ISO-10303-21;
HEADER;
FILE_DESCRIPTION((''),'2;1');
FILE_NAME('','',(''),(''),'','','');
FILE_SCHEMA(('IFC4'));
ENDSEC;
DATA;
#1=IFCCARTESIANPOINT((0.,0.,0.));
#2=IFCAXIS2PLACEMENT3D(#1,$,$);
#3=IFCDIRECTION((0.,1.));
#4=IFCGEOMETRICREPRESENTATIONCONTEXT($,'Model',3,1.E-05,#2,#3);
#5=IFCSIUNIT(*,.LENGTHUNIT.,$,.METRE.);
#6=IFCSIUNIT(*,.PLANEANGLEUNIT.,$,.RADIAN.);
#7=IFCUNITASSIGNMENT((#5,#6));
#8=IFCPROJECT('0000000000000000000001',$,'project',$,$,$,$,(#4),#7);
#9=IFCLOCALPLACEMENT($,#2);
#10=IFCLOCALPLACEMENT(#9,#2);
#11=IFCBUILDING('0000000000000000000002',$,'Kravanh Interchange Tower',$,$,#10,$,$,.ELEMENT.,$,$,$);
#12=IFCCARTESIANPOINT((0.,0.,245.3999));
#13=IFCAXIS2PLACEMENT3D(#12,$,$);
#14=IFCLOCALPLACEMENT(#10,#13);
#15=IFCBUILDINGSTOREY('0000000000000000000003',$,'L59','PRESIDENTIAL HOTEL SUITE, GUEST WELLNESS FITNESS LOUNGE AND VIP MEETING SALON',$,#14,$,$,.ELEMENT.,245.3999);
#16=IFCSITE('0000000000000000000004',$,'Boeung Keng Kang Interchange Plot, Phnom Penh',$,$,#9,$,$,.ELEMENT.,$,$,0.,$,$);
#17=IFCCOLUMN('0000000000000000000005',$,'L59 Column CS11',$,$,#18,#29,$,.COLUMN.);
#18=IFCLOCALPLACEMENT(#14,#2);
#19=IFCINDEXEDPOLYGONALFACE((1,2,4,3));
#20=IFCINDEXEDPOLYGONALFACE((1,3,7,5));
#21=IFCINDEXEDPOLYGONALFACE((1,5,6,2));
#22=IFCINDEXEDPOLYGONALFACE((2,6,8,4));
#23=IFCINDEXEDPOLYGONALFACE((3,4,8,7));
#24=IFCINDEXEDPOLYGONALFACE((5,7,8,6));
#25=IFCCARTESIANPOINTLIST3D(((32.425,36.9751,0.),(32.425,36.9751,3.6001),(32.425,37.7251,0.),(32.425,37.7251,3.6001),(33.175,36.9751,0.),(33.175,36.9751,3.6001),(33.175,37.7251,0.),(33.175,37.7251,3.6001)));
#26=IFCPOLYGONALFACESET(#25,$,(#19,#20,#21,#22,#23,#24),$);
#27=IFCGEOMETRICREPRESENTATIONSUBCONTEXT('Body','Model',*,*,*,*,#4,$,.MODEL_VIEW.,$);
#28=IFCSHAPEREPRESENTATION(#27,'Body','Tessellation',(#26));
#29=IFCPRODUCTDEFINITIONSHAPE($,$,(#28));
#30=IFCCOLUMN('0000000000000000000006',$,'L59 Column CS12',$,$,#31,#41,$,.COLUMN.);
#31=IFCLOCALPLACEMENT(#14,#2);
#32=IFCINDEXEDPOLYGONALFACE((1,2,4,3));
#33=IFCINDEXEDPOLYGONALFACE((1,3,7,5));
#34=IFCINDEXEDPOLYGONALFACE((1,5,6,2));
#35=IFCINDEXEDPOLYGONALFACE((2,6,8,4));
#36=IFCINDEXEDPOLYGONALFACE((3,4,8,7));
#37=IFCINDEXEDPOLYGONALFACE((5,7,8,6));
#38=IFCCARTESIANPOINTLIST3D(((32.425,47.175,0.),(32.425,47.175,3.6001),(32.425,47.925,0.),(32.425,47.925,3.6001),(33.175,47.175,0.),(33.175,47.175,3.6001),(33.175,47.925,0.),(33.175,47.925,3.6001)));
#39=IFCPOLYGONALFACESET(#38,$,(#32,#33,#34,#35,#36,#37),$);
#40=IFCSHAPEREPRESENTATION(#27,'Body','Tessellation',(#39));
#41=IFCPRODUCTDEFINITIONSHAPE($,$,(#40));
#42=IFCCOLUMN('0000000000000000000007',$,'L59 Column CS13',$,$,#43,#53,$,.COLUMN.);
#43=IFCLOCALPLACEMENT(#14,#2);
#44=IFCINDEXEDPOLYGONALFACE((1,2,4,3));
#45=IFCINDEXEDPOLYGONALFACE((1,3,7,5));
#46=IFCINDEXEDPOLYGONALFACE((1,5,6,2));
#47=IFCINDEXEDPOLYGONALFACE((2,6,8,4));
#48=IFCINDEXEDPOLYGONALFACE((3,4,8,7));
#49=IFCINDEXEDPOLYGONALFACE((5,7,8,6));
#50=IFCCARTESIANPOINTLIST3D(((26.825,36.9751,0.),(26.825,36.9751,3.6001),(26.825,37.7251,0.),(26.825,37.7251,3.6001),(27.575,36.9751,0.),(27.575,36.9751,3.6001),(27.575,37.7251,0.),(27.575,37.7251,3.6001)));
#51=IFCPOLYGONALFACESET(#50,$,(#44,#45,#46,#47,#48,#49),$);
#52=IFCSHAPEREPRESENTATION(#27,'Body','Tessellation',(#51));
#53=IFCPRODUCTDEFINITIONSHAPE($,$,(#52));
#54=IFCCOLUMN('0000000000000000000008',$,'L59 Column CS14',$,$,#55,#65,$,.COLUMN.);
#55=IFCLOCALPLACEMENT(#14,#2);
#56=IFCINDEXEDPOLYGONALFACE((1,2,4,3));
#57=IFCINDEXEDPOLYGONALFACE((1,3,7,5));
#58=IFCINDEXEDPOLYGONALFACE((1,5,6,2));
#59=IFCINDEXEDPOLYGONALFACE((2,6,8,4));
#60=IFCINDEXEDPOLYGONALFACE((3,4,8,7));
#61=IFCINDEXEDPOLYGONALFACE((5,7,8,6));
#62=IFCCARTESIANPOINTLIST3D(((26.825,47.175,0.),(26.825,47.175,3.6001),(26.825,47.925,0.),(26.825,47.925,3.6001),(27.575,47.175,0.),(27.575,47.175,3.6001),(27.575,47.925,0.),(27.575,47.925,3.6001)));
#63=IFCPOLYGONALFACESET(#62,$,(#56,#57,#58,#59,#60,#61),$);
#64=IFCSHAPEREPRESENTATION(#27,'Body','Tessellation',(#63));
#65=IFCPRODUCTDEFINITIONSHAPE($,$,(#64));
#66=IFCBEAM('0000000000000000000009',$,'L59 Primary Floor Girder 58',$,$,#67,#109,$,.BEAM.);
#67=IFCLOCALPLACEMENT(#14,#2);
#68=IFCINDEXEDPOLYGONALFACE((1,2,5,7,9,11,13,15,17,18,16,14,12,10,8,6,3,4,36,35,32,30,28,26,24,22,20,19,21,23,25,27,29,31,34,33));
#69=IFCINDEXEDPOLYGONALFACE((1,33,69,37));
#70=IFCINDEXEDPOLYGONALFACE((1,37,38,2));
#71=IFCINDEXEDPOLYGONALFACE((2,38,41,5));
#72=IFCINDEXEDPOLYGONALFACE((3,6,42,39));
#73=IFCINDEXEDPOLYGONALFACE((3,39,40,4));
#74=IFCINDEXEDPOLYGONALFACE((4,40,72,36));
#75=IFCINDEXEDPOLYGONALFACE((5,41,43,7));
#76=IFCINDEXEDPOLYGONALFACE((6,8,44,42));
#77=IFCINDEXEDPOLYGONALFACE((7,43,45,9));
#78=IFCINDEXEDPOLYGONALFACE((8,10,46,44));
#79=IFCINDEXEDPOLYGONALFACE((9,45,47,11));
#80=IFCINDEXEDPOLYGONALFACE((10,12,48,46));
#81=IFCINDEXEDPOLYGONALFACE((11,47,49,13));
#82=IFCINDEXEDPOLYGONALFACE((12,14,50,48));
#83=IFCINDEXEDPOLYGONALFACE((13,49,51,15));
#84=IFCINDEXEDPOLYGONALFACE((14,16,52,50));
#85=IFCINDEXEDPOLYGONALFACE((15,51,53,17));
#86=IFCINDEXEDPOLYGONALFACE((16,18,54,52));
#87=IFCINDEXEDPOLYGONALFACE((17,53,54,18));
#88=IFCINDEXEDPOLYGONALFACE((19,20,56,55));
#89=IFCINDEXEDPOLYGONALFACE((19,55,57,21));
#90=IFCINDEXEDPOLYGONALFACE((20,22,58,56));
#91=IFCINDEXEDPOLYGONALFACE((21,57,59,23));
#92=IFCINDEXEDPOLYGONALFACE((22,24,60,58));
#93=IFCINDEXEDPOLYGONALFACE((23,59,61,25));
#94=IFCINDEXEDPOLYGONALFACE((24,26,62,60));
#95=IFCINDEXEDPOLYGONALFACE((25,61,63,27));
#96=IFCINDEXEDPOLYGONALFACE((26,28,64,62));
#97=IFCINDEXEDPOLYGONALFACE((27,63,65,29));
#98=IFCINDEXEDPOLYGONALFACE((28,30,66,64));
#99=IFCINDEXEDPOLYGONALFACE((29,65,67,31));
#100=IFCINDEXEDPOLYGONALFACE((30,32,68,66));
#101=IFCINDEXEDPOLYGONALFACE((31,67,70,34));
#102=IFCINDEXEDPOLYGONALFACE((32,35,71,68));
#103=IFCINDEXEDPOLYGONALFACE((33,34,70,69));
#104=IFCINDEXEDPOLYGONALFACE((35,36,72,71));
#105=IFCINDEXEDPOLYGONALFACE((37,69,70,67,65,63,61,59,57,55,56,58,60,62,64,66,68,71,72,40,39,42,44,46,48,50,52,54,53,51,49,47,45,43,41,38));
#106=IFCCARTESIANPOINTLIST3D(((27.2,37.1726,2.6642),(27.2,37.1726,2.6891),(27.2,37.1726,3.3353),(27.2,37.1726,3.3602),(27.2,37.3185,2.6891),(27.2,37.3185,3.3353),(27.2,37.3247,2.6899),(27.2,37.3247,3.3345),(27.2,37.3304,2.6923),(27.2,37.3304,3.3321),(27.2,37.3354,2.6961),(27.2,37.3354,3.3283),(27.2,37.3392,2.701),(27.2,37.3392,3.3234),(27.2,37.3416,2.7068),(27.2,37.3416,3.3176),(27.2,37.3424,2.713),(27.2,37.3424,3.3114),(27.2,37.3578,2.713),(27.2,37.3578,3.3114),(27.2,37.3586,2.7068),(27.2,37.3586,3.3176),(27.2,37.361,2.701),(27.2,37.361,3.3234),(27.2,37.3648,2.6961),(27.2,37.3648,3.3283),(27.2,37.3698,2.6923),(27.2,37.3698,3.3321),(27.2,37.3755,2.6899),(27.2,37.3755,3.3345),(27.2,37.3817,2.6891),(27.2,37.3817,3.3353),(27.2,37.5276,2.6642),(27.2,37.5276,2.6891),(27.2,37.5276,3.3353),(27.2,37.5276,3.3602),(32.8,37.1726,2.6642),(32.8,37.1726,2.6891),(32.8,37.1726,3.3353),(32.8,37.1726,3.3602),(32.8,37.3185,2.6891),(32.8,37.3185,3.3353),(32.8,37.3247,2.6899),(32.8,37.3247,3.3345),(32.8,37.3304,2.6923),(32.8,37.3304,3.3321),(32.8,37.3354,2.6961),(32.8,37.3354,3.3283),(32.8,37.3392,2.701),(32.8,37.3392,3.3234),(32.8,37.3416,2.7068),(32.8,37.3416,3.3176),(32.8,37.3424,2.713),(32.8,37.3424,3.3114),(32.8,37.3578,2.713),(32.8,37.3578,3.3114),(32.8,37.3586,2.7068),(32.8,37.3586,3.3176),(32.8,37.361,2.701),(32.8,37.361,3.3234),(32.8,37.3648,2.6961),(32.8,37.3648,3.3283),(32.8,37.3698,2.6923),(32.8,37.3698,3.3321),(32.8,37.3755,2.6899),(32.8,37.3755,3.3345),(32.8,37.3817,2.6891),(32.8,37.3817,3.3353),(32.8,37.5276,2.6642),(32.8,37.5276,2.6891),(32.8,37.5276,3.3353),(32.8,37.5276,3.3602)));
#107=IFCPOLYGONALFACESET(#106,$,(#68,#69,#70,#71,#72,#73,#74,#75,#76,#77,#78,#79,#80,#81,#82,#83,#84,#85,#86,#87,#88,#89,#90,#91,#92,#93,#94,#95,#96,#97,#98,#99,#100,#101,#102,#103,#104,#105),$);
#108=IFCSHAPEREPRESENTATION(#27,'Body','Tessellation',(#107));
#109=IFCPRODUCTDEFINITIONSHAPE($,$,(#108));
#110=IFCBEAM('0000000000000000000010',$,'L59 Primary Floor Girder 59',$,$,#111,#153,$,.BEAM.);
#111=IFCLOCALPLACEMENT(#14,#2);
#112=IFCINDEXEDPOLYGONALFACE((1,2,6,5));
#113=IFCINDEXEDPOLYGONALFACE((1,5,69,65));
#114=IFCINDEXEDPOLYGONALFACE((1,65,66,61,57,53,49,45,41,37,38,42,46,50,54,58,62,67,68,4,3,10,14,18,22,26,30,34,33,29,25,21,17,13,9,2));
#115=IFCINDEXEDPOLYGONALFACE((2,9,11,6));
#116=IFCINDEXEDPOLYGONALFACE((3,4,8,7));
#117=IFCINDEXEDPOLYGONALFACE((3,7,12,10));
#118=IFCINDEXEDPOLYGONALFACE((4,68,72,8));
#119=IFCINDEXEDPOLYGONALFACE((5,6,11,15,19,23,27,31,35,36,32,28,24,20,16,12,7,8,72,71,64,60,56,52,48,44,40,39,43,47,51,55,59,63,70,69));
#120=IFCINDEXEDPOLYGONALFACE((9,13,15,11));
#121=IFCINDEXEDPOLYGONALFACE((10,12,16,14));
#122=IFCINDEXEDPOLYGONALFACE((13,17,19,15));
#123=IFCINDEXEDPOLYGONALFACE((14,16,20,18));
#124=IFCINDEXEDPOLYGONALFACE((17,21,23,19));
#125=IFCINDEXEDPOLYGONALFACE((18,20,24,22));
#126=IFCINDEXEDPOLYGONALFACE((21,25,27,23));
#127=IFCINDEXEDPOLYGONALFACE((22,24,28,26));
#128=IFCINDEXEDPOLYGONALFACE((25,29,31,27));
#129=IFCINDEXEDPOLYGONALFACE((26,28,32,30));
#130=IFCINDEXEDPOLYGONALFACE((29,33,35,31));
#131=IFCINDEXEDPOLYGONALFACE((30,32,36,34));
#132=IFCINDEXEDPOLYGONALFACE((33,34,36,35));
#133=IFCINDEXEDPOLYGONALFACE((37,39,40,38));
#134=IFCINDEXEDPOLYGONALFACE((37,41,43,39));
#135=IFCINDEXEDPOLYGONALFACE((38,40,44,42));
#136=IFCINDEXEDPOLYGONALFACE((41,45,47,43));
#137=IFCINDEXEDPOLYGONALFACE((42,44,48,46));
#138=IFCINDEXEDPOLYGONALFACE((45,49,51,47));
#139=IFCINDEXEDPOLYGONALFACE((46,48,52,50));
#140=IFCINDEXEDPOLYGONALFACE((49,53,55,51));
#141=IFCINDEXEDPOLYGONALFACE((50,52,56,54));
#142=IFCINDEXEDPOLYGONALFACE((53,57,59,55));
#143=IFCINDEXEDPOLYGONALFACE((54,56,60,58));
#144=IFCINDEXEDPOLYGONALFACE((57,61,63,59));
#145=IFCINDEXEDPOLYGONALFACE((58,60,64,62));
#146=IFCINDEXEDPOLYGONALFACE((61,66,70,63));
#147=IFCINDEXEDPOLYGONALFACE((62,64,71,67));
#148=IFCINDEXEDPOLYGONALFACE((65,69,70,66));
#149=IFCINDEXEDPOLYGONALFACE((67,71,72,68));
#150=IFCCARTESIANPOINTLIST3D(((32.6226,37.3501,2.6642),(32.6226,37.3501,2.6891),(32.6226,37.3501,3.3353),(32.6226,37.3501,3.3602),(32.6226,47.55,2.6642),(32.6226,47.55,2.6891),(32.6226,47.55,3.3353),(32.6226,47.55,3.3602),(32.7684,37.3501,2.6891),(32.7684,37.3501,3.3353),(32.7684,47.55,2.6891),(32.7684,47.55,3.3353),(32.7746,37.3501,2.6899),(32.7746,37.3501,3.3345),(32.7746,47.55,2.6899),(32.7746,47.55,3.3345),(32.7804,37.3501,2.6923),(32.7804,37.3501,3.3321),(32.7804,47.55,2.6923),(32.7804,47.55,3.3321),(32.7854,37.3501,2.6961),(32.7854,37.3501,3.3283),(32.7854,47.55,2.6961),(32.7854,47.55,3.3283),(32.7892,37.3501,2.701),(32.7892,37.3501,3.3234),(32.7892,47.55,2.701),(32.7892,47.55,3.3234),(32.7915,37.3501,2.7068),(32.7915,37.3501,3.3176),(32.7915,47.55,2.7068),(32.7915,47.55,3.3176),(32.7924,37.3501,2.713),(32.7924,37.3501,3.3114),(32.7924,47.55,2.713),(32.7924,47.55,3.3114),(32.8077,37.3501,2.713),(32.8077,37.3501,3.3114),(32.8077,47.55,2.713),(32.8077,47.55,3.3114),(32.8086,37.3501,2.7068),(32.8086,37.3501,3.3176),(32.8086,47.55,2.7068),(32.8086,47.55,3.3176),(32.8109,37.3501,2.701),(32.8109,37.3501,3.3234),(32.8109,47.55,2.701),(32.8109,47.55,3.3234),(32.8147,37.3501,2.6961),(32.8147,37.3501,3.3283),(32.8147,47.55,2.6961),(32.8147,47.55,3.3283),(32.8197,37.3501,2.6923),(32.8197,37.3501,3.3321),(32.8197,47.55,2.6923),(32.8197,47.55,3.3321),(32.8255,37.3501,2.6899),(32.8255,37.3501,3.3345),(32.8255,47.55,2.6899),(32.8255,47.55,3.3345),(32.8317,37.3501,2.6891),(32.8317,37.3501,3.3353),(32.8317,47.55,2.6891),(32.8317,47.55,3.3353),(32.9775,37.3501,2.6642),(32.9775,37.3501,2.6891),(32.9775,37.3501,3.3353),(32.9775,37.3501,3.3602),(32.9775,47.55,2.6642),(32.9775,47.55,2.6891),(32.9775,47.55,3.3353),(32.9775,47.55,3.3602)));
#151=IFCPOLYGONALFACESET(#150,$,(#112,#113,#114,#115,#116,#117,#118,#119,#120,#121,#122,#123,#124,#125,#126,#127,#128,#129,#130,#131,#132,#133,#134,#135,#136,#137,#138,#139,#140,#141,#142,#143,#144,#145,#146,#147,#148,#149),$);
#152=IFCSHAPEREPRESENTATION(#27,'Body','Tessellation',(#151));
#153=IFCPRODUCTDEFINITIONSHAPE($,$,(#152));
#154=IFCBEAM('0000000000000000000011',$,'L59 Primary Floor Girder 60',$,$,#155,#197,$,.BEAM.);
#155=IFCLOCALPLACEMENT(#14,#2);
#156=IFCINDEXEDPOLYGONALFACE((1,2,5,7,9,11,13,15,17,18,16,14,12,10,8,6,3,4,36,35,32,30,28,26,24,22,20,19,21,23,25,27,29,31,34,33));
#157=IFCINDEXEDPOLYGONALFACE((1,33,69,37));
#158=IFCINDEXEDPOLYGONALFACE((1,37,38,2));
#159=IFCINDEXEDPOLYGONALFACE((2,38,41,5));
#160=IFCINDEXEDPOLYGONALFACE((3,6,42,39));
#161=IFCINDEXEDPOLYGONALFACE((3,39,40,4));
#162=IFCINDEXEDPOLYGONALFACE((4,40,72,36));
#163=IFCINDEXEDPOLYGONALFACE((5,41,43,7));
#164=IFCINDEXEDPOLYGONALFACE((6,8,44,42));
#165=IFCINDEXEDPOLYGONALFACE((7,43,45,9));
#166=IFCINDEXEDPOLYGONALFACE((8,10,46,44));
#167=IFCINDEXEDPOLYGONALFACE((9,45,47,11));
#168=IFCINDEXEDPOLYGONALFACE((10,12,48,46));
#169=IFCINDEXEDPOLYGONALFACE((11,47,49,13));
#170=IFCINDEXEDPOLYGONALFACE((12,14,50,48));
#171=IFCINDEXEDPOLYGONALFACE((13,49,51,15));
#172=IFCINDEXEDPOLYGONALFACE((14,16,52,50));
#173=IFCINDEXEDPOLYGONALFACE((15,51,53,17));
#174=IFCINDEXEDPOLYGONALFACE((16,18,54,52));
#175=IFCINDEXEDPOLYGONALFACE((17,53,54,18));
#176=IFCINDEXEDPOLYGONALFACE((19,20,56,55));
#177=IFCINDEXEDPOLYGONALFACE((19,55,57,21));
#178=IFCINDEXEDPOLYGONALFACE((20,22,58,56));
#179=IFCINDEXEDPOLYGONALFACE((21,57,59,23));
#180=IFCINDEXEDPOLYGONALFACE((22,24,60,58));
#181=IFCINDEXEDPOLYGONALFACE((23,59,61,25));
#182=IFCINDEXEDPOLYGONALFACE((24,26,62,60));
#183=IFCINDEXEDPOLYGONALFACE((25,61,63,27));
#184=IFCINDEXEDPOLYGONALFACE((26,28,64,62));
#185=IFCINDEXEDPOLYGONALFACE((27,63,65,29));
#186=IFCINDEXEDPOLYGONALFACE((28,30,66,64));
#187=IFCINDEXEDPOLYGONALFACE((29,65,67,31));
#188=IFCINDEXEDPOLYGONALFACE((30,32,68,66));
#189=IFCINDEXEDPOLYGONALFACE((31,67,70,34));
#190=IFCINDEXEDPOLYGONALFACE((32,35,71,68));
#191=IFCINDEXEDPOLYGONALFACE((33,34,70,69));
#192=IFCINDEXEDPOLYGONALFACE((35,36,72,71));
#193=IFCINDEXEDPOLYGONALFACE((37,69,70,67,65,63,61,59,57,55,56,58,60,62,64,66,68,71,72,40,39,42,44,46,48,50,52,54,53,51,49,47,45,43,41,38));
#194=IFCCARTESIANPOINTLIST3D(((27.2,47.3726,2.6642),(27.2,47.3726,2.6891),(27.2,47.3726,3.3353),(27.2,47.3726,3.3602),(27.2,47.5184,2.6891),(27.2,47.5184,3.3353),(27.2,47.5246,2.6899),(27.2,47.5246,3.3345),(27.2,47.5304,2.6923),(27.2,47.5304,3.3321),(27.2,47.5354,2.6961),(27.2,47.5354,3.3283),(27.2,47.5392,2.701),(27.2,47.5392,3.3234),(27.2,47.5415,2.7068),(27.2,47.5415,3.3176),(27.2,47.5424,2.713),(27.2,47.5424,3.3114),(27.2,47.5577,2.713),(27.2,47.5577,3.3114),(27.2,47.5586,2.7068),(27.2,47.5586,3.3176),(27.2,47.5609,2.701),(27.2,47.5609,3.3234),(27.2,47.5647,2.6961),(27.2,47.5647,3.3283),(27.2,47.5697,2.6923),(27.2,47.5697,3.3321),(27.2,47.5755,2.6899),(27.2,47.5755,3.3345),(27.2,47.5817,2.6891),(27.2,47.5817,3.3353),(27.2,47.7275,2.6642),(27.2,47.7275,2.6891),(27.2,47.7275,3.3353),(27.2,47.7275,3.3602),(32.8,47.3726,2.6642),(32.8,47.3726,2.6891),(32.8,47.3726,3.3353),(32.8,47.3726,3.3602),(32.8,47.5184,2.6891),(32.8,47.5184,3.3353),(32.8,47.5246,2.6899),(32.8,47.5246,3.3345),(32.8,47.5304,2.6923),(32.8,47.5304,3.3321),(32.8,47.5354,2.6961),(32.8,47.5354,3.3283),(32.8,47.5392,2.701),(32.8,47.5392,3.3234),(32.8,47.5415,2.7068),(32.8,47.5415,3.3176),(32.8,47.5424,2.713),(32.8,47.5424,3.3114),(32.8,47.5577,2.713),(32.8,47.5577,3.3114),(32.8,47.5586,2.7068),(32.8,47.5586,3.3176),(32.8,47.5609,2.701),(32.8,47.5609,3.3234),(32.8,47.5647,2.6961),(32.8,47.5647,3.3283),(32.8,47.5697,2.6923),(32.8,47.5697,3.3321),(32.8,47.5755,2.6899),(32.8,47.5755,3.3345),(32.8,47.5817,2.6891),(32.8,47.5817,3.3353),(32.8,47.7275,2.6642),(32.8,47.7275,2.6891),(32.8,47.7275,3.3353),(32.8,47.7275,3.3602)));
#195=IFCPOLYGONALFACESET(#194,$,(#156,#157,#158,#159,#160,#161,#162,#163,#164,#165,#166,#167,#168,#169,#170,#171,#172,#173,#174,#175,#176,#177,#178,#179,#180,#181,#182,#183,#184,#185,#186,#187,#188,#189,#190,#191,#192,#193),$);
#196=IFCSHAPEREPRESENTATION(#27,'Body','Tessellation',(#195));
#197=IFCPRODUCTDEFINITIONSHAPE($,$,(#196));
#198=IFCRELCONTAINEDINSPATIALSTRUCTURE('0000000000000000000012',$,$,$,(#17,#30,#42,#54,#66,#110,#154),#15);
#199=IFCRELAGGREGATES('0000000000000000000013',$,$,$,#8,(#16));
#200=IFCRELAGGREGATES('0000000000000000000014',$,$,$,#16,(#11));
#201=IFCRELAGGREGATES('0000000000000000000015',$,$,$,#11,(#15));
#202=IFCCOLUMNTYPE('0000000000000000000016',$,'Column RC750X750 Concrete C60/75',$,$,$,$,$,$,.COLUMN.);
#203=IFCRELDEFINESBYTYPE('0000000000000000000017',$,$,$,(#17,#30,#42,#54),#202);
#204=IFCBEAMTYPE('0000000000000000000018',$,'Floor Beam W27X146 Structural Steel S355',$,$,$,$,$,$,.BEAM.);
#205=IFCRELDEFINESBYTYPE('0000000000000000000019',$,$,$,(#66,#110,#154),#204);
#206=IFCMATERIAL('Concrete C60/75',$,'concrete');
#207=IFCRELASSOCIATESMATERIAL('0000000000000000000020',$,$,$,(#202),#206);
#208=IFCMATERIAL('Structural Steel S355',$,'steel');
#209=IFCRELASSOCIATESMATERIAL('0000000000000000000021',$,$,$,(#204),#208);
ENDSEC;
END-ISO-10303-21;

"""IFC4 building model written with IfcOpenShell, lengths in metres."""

from ifc_helpers import new_model, si_unit, direction, frame, origin, origin_2d, place, context, subcontext, project, spatial, rectangle, i_section, extrude, material, material_profile, profile_set, type_object, element, save


model = new_model("IFC4")

# Units and contexts
model_context = context("Model", 3, precision=1e-05, world=origin(), true_north=direction((0.0, 1.0)))
body_context = subcontext(model_context, "Body", "Model", "MODEL_VIEW")
ifc_project = project(units=[si_unit("LENGTHUNIT", "METRE"), si_unit("PLANEANGLEUNIT", "RADIAN")], contexts=[model_context])

# Site, building, storey
site_placement = place(None, origin())
site = spatial("IfcSite", under=ifc_project, at=site_placement, Name="Boeung Keng Kang Interchange Plot, Phnom Penh", CompositionType="ELEMENT", RefElevation=0.0)
building_placement = place(site_placement, origin())
building = spatial("IfcBuilding", under=site, at=building_placement, Name="Kravanh Interchange Tower", CompositionType="ELEMENT")
storey_placement = place(building_placement, frame((0.0, 0.0, 245.3999)))
storey = spatial("IfcBuildingStorey", under=building, at=storey_placement, Name="L59", Description="PRESIDENTIAL HOTEL SUITE, GUEST WELLNESS FITNESS LOUNGE AND VIP MEETING SALON", CompositionType="ELEMENT", Elevation=245.3999)

# Columns
ifc_material_1 = material(Name="Concrete C60/75", Category="concrete")
ifc_material_profile_1 = material_profile(ifc_material_1, rectangle(XDim=0.75, YDim=0.75, at=origin_2d()), Name="RC750X750")
ifc_profile_set_1 = profile_set([ifc_material_profile_1], Name="Concrete C60/75")
column_type = type_object("IfcColumnType", Name="Column RC750X750 Concrete C60/75", PredefinedType="COLUMN", material=ifc_profile_set_1)
for number, where, z_axis, x_axis, name in (
    (1, (32.8, 37.3501, 0.0), (0.0, 0.0, 1.0), (1.0, 0.0, 0.0), "L59 Column CS11"),
    (2, (32.8, 47.55, 0.0), (0.0, 0.0, 1.0), (1.0, 0.0, 0.0), "L59 Column CS12"),
    (3, (27.2, 37.3501, 0.0), (0.0, 0.0, 1.0), (1.0, 0.0, 0.0), "L59 Column CS13"),
    (4, (27.2, 47.55, 0.0), (0.0, 0.0, 1.0), (1.0, 0.0, 0.0), "L59 Column CS14"),
):
    element("IfcColumn", number, at=place(storey_placement, frame(where, z_axis=z_axis, x_axis=x_axis)), inside=storey, type_object=column_type, Name=name, PredefinedType="COLUMN", context=body_context, shape_type="SweptSolid", body=[
        extrude(rectangle(XDim=0.75, YDim=0.75, at=origin_2d()), origin(), (0.0, 0.0, 1.0), 3.6001),
    ])

# Beams
ifc_material_2 = material(Name="Structural Steel S355", Category="steel")
ifc_material_profile_2 = material_profile(ifc_material_2, i_section(OverallWidth=0.355, OverallDepth=0.696, WebThickness=0.0154, FlangeThickness=0.0249, FilletRadius=0.0239, at=origin_2d()), Name="W27X146")
ifc_profile_set_2 = profile_set([ifc_material_profile_2], Name="Structural Steel S355")
beam_type_1 = type_object("IfcBeamType", Name="Floor Beam W27X146 Structural Steel S355", PredefinedType="BEAM", material=ifc_profile_set_2)
beam_1_placement = place(storey_placement, frame((32.8, 37.3501, 3.0122), z_axis=(-1.0, 0.0, 0.0), x_axis=(0.0, -1.0, 0.0)))
element("IfcBeam", 5, at=beam_1_placement, inside=storey, type_object=beam_type_1, Name="L59 Primary Floor Girder 58", PredefinedType="BEAM", context=body_context, shape_type="SweptSolid", body=[
    extrude(i_section(OverallWidth=0.355, OverallDepth=0.696, WebThickness=0.0154, FlangeThickness=0.0249, FilletRadius=0.0239, at=origin_2d()), origin(), (0.0, 0.0, 1.0), 5.6001),
])
beam_2_placement = place(storey_placement, frame((32.8, 37.3501, 3.0122), z_axis=(0.0, 1.0, 0.0), x_axis=(-1.0, 0.0, 0.0)))
element("IfcBeam", 6, at=beam_2_placement, inside=storey, type_object=beam_type_1, Name="L59 Primary Floor Girder 59", PredefinedType="BEAM", context=body_context, shape_type="SweptSolid", body=[
    extrude(i_section(OverallWidth=0.355, OverallDepth=0.696, WebThickness=0.0154, FlangeThickness=0.0249, FilletRadius=0.0239, at=origin_2d()), origin(), (0.0, 0.0, 1.0), 10.2),
])
beam_3_placement = place(storey_placement, frame((32.8, 47.55, 3.0122), z_axis=(-1.0, 0.0, 0.0), x_axis=(0.0, -1.0, 0.0)))
element("IfcBeam", 7, at=beam_3_placement, inside=storey, type_object=beam_type_1, Name="L59 Primary Floor Girder 60", PredefinedType="BEAM", context=body_context, shape_type="SweptSolid", body=[
    extrude(i_section(OverallWidth=0.355, OverallDepth=0.696, WebThickness=0.0154, FlangeThickness=0.0249, FilletRadius=0.0239, at=origin_2d()), origin(), (0.0, 0.0, 1.0), 5.6001),
])

save(model, "model.ifc")
